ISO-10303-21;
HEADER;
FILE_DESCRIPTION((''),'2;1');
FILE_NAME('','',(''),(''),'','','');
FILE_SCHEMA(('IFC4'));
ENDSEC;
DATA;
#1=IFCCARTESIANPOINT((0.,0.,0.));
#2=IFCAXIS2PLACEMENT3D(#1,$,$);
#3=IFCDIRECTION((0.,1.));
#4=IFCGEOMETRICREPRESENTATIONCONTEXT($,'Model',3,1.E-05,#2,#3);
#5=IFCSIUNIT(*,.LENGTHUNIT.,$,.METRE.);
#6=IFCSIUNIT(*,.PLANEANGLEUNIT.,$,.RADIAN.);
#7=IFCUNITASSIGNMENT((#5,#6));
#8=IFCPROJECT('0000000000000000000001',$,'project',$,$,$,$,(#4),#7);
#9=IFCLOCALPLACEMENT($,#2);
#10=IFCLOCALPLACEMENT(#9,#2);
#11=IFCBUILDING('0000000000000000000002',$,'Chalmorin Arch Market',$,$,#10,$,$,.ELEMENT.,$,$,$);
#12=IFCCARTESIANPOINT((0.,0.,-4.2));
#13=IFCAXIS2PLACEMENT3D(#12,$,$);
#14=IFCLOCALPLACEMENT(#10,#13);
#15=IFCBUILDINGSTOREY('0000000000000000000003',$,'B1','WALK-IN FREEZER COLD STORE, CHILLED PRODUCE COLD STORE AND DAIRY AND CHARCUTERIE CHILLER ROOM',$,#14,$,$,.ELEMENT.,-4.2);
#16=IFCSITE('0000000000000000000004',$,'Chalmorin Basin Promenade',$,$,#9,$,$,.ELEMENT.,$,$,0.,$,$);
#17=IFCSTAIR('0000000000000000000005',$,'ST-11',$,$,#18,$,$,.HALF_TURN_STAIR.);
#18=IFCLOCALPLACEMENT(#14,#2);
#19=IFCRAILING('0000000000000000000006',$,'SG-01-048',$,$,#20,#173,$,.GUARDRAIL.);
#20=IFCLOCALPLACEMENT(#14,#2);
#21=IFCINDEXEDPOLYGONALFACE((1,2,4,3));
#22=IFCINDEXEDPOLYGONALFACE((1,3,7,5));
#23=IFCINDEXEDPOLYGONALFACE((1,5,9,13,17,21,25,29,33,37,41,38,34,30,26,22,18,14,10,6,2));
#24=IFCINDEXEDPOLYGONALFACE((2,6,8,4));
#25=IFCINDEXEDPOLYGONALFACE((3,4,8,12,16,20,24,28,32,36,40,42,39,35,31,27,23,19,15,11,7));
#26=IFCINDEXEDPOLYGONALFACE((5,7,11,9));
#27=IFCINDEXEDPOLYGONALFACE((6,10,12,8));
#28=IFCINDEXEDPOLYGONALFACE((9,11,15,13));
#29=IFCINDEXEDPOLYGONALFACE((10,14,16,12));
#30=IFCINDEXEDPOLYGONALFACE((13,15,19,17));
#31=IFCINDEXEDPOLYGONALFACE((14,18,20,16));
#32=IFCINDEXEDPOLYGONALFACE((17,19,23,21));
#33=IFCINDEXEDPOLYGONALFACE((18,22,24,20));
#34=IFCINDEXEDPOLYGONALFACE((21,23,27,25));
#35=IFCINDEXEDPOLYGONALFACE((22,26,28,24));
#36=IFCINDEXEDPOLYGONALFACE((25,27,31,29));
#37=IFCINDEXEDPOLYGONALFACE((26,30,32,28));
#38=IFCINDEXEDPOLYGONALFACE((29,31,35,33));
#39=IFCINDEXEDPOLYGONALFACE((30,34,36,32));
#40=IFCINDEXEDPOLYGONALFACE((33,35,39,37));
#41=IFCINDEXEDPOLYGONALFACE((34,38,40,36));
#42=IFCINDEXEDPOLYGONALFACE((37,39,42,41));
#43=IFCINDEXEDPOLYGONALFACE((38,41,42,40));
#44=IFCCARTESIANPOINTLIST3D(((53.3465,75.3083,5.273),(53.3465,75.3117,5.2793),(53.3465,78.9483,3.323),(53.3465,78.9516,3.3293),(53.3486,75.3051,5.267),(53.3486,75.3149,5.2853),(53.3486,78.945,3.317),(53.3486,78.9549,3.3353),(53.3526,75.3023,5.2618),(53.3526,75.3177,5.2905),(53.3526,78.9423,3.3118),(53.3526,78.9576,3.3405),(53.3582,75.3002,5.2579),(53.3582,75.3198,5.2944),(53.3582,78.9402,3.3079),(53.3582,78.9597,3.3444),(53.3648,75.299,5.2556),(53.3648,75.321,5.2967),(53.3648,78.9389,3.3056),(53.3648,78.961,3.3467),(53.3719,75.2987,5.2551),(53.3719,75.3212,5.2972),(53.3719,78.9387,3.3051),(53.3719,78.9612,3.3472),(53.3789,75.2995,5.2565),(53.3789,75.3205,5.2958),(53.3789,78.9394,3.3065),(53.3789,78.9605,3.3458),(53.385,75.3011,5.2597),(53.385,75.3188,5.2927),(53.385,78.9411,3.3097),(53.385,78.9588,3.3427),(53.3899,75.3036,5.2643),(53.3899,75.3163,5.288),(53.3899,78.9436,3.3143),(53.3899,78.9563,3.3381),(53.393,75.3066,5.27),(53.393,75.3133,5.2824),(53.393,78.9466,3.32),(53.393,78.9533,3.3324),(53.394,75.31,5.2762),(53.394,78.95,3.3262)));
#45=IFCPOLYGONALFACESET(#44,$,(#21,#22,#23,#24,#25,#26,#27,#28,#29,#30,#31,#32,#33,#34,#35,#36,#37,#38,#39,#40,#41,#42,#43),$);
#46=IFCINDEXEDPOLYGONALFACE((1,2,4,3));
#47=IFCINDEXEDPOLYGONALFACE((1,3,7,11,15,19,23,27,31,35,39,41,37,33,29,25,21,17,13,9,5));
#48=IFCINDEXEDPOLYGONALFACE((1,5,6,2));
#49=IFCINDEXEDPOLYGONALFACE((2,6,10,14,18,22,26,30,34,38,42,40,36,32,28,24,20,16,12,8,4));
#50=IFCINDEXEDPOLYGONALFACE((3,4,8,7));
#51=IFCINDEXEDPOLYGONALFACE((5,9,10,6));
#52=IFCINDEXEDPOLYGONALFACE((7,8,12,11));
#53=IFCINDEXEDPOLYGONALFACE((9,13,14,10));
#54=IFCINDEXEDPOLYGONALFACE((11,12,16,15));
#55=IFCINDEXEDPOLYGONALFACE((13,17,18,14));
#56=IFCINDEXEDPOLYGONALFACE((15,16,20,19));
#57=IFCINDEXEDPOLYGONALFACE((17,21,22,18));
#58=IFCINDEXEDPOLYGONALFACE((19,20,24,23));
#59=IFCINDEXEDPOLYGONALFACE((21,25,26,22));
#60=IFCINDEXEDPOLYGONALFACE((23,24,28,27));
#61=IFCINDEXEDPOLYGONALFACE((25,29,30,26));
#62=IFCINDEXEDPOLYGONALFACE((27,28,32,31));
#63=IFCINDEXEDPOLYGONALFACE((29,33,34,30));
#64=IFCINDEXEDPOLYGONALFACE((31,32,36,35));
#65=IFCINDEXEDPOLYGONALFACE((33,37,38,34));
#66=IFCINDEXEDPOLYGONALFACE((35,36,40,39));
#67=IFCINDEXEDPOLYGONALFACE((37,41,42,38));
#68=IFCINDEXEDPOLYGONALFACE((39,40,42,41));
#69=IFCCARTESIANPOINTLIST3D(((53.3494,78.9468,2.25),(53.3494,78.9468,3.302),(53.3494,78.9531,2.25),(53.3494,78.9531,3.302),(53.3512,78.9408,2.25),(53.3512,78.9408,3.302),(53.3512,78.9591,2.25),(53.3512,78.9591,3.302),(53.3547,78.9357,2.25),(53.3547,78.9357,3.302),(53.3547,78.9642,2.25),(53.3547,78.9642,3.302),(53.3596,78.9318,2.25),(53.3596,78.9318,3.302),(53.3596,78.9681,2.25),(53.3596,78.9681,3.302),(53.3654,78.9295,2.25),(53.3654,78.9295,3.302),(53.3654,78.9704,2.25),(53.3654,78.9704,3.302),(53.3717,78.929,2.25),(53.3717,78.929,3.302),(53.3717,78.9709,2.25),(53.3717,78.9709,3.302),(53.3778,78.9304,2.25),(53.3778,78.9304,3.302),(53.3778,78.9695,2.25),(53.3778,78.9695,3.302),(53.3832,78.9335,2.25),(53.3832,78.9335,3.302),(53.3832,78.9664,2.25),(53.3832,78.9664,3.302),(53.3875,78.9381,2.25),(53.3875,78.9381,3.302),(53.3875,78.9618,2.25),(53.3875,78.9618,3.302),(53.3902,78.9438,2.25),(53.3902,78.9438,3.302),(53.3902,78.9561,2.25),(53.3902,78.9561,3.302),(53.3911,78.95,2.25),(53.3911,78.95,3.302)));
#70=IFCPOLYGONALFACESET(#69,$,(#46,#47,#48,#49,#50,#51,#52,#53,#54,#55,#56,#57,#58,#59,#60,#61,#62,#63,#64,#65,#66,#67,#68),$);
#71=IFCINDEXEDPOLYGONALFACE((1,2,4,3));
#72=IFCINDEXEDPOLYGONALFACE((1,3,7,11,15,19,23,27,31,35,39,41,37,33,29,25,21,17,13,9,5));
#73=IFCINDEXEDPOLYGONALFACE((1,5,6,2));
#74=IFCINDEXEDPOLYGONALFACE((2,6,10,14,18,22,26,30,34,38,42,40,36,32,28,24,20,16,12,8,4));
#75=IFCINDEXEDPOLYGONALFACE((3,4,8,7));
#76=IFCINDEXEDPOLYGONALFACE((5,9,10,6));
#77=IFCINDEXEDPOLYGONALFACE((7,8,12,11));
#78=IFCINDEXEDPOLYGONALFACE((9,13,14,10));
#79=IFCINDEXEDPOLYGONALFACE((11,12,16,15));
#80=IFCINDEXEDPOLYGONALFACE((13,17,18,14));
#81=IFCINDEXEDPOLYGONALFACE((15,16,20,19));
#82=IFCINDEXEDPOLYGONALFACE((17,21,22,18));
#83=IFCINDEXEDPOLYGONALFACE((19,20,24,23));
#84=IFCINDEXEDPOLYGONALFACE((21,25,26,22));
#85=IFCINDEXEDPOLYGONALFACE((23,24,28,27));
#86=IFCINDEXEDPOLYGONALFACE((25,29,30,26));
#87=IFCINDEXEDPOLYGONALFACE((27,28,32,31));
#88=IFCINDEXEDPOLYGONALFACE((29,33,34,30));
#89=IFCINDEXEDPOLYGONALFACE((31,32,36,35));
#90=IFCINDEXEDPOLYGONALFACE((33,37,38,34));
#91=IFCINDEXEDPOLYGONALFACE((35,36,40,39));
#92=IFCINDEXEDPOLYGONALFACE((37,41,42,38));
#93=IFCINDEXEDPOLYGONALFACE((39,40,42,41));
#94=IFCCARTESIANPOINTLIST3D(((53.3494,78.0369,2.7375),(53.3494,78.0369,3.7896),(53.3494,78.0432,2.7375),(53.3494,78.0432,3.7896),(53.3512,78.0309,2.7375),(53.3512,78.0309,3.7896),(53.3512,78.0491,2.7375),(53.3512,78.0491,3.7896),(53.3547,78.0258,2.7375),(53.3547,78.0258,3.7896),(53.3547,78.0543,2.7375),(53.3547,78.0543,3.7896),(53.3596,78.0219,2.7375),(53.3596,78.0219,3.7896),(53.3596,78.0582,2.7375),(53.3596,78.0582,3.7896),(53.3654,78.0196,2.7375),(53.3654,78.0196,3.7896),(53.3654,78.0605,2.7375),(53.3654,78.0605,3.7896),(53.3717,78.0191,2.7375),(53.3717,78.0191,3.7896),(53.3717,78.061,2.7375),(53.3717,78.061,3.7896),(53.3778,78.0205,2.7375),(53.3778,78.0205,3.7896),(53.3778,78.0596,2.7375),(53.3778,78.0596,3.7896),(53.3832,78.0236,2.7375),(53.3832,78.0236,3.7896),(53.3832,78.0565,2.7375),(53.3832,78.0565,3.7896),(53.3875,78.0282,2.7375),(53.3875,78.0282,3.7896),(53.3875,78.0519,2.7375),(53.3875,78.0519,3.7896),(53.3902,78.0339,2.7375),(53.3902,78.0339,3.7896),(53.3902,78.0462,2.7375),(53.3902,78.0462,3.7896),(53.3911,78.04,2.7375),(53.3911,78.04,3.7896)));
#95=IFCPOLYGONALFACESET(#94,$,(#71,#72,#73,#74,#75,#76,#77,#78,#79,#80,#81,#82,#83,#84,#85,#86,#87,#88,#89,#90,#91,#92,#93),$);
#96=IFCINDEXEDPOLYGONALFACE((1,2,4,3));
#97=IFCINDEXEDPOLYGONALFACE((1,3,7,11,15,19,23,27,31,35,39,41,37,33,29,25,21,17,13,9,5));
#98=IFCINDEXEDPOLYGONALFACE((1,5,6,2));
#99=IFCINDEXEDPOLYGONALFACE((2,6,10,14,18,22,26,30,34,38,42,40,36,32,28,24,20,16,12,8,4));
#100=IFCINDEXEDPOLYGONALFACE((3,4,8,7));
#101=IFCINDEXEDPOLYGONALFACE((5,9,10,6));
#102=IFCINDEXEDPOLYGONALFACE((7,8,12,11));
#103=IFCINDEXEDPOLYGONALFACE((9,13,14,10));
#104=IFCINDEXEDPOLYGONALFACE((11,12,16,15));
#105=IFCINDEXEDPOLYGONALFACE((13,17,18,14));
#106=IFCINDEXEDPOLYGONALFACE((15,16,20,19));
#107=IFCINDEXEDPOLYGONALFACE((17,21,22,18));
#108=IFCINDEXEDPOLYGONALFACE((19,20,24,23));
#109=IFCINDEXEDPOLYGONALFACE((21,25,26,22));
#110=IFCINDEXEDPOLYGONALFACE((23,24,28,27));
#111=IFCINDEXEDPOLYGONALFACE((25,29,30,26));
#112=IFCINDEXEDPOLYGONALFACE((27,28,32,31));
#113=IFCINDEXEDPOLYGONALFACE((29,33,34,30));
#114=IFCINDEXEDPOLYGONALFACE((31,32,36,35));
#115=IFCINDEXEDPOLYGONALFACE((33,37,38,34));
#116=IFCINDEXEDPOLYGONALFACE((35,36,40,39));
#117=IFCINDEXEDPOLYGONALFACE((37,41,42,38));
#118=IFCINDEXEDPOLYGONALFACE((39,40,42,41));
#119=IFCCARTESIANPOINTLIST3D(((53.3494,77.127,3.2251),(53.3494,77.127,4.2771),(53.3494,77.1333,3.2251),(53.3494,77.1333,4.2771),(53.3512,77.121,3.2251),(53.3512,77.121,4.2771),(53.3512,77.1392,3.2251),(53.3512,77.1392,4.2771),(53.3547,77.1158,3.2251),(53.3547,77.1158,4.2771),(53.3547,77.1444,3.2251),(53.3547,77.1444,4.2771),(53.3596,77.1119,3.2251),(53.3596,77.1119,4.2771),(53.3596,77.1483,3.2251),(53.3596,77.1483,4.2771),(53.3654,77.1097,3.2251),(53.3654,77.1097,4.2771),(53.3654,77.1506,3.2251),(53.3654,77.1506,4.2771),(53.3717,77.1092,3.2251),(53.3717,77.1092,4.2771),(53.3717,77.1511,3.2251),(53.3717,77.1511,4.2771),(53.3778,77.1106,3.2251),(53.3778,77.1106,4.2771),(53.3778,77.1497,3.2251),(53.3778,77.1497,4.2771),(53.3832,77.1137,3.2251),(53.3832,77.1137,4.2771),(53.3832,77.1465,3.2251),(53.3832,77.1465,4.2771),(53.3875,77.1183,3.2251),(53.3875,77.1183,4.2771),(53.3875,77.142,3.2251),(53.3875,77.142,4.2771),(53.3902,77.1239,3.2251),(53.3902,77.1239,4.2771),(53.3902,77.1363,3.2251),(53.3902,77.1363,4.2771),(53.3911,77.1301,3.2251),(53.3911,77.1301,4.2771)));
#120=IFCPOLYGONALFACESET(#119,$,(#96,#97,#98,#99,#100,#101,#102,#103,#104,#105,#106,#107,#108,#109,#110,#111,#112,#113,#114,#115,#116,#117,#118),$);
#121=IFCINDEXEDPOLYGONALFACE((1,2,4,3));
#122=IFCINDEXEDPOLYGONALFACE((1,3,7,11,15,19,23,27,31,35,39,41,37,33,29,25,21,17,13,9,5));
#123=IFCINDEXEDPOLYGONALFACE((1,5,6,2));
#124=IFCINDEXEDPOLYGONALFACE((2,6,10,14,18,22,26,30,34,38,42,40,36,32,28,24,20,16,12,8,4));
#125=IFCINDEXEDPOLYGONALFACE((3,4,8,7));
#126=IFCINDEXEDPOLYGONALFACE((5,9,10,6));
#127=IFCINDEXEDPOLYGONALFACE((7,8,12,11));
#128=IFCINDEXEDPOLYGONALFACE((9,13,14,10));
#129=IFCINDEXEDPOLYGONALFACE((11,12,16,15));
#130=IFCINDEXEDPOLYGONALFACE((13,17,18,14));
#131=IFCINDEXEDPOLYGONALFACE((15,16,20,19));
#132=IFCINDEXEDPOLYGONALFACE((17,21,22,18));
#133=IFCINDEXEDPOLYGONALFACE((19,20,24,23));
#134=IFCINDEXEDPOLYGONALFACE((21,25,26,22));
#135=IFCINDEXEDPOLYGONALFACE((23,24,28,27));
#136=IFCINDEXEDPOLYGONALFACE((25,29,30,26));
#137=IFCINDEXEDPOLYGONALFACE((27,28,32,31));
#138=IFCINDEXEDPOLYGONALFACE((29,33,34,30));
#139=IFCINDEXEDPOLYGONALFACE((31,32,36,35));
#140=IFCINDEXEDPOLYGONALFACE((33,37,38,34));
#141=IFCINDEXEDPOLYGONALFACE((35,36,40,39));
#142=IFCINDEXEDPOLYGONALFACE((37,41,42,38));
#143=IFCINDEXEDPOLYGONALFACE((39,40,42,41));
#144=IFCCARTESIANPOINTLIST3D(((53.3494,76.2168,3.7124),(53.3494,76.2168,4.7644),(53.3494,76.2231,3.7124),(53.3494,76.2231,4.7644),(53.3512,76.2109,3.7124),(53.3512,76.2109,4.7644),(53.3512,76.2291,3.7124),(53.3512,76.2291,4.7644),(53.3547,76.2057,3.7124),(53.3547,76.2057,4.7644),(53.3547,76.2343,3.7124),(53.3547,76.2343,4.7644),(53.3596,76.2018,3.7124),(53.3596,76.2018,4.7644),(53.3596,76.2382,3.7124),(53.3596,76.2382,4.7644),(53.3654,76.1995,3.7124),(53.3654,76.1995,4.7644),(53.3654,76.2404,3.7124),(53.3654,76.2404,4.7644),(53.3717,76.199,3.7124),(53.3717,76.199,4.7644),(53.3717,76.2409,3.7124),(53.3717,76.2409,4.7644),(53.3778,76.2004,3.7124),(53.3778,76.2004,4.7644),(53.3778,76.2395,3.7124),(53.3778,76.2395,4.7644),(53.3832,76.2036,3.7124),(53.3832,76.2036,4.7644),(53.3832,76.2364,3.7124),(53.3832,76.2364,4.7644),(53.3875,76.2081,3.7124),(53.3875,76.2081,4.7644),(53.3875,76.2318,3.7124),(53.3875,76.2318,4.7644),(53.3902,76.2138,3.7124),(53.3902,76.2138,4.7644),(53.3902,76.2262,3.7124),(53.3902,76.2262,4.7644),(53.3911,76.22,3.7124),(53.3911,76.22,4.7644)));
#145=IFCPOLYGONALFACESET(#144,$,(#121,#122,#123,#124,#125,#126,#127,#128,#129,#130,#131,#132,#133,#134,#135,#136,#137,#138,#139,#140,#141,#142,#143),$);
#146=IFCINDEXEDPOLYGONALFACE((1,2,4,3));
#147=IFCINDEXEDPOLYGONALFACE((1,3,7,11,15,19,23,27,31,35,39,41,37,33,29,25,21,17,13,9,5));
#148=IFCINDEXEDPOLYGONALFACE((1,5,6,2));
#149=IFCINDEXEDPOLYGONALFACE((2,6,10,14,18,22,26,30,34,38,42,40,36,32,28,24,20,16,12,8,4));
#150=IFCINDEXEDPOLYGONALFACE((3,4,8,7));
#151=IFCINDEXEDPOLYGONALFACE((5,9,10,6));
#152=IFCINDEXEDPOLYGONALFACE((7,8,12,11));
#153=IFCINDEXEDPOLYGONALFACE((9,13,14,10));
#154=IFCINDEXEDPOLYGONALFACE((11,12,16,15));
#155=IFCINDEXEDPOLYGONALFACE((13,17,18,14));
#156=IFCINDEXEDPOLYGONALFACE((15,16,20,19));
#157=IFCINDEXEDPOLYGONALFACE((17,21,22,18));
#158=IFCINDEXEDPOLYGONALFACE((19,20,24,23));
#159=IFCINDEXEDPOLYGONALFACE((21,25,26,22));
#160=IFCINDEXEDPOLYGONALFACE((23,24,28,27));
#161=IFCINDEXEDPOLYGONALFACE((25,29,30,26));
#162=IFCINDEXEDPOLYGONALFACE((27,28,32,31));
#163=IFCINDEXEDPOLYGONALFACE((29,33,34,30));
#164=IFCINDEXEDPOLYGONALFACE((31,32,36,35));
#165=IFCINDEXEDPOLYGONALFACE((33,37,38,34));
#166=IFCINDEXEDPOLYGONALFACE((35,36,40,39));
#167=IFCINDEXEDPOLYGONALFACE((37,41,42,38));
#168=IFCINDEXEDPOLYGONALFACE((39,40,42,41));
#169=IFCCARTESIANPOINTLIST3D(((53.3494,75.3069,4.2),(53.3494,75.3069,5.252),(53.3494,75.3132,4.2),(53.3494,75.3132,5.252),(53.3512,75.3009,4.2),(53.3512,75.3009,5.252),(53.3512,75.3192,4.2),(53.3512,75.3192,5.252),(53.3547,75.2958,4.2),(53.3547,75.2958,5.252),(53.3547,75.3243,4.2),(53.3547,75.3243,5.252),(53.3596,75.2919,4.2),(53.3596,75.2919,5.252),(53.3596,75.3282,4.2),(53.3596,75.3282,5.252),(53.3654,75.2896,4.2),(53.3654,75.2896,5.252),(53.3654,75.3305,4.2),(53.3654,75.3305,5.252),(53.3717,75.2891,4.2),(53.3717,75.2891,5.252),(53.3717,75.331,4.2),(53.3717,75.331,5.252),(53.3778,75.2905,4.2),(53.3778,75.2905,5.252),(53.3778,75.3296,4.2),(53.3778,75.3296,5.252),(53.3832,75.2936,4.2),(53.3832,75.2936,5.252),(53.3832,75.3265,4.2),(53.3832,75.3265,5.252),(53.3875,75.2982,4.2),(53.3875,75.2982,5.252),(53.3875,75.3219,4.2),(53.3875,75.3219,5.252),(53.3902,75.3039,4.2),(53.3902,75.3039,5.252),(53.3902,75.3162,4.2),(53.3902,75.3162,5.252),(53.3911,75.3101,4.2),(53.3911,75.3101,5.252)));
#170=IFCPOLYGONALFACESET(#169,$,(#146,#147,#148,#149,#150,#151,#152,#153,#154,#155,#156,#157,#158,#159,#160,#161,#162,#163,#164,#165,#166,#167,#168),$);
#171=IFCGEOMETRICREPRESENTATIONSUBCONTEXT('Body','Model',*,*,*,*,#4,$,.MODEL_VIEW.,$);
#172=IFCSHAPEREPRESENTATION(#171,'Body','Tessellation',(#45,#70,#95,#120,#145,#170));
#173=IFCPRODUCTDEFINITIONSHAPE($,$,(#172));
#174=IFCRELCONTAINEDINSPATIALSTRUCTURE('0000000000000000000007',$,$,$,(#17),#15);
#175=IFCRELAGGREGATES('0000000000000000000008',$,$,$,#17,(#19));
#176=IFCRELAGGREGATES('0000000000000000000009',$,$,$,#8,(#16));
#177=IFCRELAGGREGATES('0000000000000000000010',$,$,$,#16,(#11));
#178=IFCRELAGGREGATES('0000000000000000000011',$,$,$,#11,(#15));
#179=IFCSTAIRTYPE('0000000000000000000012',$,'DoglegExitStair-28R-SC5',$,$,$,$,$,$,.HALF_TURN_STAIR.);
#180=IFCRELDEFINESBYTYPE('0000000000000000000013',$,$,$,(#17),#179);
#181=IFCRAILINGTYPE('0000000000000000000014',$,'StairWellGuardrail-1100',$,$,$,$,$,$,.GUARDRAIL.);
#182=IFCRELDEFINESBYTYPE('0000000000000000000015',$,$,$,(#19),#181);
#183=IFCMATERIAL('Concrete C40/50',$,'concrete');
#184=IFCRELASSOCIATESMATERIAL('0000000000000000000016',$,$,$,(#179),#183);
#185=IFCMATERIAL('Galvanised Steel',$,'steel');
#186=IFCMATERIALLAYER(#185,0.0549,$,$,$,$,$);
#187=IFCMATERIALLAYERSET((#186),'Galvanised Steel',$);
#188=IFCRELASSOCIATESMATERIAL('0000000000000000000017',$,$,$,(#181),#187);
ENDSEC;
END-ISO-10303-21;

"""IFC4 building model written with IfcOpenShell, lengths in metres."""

from ifc_helpers import new_model, si_unit, direction, frame, origin, origin_2d, place, context, subcontext, project, spatial, circle, extrude, material, layer, layer_set, type_object, element, aggregate, save


model = new_model("IFC4")

# Units and contexts
model_context = context("Model", 3, precision=1e-05, world=origin(), true_north=direction((0.0, 1.0)))
body_context = subcontext(model_context, "Body", "Model", "MODEL_VIEW")
ifc_project = project(units=[si_unit("LENGTHUNIT", "METRE"), si_unit("PLANEANGLEUNIT", "RADIAN")], contexts=[model_context])

# Site, building, storey
site_placement = place(None, origin())
site = spatial("IfcSite", under=ifc_project, at=site_placement, Name="Chalmorin Basin Promenade", CompositionType="ELEMENT", RefElevation=0.0)
building_placement = place(site_placement, origin())
building = spatial("IfcBuilding", under=site, at=building_placement, Name="Chalmorin Arch Market", CompositionType="ELEMENT")
storey_placement = place(building_placement, frame((0.0, 0.0, -4.2)))
storey = spatial("IfcBuildingStorey", under=building, at=storey_placement, Name="B1", Description="WALK-IN FREEZER COLD STORE, CHILLED PRODUCE COLD STORE AND DAIRY AND CHARCUTERIE CHILLER ROOM", CompositionType="ELEMENT", Elevation=-4.2)

# Shared definitions
ifc_material_1 = material(Name="Concrete C40/50", Category="concrete")

# Stair, railing
stair_type = type_object("IfcStairType", Name="DoglegExitStair-28R-SC5", PredefinedType="HALF_TURN_STAIR", material=ifc_material_1)
stair_placement = place(storey_placement, origin())
stair = element("IfcStair", 1, at=stair_placement, inside=storey, type_object=stair_type, Name="ST-11", PredefinedType="HALF_TURN_STAIR")
ifc_material_2 = material(Name="Galvanised Steel", Category="steel")
ifc_layer_1 = layer(ifc_material_2, 0.0549)
ifc_layer_set_1 = layer_set([ifc_layer_1], Name="Galvanised Steel")
railing_type_1 = type_object("IfcRailingType", Name="StairWellGuardrail-1100", PredefinedType="GUARDRAIL", material=ifc_layer_set_1)
railing_1_placement = place(storey_placement, frame((53.3701, 78.95, 2.25)))
railing_1 = element("IfcRailing", 2, at=railing_1_placement, type_object=railing_type_1, Name="SG-01-048", PredefinedType="GUARDRAIL", context=body_context, shape_type="SweptSolid", body=[
    extrude(circle(Radius=0.0239, at=origin_2d()), frame((0.0, 0.0, 1.0762), z_axis=(0.0, -0.881479, 0.472223), x_axis=(1.0, 0.0, 0.0)), (0.0, 0.0, 1.0), 4.1294),
    extrude(circle(Radius=0.021, at=origin_2d()), origin(), (0.0, 0.0, 1.0), 1.052),
    extrude(circle(Radius=0.021, at=origin_2d()), frame((0.0, -0.9099, 0.4875)), (0.0, 0.0, 1.0), 1.052),
    extrude(circle(Radius=0.021, at=origin_2d()), frame((0.0, -1.8198, 0.9751)), (0.0, 0.0, 1.0), 1.052),
    extrude(circle(Radius=0.021, at=origin_2d()), frame((0.0, -2.73, 1.4624)), (0.0, 0.0, 1.0), 1.052),
    extrude(circle(Radius=0.021, at=origin_2d()), frame((0.0, -3.6399, 1.95)), (0.0, 0.0, 1.0), 1.052),
])
aggregate(stair, [railing_1])

save(model, "model.ifc")
